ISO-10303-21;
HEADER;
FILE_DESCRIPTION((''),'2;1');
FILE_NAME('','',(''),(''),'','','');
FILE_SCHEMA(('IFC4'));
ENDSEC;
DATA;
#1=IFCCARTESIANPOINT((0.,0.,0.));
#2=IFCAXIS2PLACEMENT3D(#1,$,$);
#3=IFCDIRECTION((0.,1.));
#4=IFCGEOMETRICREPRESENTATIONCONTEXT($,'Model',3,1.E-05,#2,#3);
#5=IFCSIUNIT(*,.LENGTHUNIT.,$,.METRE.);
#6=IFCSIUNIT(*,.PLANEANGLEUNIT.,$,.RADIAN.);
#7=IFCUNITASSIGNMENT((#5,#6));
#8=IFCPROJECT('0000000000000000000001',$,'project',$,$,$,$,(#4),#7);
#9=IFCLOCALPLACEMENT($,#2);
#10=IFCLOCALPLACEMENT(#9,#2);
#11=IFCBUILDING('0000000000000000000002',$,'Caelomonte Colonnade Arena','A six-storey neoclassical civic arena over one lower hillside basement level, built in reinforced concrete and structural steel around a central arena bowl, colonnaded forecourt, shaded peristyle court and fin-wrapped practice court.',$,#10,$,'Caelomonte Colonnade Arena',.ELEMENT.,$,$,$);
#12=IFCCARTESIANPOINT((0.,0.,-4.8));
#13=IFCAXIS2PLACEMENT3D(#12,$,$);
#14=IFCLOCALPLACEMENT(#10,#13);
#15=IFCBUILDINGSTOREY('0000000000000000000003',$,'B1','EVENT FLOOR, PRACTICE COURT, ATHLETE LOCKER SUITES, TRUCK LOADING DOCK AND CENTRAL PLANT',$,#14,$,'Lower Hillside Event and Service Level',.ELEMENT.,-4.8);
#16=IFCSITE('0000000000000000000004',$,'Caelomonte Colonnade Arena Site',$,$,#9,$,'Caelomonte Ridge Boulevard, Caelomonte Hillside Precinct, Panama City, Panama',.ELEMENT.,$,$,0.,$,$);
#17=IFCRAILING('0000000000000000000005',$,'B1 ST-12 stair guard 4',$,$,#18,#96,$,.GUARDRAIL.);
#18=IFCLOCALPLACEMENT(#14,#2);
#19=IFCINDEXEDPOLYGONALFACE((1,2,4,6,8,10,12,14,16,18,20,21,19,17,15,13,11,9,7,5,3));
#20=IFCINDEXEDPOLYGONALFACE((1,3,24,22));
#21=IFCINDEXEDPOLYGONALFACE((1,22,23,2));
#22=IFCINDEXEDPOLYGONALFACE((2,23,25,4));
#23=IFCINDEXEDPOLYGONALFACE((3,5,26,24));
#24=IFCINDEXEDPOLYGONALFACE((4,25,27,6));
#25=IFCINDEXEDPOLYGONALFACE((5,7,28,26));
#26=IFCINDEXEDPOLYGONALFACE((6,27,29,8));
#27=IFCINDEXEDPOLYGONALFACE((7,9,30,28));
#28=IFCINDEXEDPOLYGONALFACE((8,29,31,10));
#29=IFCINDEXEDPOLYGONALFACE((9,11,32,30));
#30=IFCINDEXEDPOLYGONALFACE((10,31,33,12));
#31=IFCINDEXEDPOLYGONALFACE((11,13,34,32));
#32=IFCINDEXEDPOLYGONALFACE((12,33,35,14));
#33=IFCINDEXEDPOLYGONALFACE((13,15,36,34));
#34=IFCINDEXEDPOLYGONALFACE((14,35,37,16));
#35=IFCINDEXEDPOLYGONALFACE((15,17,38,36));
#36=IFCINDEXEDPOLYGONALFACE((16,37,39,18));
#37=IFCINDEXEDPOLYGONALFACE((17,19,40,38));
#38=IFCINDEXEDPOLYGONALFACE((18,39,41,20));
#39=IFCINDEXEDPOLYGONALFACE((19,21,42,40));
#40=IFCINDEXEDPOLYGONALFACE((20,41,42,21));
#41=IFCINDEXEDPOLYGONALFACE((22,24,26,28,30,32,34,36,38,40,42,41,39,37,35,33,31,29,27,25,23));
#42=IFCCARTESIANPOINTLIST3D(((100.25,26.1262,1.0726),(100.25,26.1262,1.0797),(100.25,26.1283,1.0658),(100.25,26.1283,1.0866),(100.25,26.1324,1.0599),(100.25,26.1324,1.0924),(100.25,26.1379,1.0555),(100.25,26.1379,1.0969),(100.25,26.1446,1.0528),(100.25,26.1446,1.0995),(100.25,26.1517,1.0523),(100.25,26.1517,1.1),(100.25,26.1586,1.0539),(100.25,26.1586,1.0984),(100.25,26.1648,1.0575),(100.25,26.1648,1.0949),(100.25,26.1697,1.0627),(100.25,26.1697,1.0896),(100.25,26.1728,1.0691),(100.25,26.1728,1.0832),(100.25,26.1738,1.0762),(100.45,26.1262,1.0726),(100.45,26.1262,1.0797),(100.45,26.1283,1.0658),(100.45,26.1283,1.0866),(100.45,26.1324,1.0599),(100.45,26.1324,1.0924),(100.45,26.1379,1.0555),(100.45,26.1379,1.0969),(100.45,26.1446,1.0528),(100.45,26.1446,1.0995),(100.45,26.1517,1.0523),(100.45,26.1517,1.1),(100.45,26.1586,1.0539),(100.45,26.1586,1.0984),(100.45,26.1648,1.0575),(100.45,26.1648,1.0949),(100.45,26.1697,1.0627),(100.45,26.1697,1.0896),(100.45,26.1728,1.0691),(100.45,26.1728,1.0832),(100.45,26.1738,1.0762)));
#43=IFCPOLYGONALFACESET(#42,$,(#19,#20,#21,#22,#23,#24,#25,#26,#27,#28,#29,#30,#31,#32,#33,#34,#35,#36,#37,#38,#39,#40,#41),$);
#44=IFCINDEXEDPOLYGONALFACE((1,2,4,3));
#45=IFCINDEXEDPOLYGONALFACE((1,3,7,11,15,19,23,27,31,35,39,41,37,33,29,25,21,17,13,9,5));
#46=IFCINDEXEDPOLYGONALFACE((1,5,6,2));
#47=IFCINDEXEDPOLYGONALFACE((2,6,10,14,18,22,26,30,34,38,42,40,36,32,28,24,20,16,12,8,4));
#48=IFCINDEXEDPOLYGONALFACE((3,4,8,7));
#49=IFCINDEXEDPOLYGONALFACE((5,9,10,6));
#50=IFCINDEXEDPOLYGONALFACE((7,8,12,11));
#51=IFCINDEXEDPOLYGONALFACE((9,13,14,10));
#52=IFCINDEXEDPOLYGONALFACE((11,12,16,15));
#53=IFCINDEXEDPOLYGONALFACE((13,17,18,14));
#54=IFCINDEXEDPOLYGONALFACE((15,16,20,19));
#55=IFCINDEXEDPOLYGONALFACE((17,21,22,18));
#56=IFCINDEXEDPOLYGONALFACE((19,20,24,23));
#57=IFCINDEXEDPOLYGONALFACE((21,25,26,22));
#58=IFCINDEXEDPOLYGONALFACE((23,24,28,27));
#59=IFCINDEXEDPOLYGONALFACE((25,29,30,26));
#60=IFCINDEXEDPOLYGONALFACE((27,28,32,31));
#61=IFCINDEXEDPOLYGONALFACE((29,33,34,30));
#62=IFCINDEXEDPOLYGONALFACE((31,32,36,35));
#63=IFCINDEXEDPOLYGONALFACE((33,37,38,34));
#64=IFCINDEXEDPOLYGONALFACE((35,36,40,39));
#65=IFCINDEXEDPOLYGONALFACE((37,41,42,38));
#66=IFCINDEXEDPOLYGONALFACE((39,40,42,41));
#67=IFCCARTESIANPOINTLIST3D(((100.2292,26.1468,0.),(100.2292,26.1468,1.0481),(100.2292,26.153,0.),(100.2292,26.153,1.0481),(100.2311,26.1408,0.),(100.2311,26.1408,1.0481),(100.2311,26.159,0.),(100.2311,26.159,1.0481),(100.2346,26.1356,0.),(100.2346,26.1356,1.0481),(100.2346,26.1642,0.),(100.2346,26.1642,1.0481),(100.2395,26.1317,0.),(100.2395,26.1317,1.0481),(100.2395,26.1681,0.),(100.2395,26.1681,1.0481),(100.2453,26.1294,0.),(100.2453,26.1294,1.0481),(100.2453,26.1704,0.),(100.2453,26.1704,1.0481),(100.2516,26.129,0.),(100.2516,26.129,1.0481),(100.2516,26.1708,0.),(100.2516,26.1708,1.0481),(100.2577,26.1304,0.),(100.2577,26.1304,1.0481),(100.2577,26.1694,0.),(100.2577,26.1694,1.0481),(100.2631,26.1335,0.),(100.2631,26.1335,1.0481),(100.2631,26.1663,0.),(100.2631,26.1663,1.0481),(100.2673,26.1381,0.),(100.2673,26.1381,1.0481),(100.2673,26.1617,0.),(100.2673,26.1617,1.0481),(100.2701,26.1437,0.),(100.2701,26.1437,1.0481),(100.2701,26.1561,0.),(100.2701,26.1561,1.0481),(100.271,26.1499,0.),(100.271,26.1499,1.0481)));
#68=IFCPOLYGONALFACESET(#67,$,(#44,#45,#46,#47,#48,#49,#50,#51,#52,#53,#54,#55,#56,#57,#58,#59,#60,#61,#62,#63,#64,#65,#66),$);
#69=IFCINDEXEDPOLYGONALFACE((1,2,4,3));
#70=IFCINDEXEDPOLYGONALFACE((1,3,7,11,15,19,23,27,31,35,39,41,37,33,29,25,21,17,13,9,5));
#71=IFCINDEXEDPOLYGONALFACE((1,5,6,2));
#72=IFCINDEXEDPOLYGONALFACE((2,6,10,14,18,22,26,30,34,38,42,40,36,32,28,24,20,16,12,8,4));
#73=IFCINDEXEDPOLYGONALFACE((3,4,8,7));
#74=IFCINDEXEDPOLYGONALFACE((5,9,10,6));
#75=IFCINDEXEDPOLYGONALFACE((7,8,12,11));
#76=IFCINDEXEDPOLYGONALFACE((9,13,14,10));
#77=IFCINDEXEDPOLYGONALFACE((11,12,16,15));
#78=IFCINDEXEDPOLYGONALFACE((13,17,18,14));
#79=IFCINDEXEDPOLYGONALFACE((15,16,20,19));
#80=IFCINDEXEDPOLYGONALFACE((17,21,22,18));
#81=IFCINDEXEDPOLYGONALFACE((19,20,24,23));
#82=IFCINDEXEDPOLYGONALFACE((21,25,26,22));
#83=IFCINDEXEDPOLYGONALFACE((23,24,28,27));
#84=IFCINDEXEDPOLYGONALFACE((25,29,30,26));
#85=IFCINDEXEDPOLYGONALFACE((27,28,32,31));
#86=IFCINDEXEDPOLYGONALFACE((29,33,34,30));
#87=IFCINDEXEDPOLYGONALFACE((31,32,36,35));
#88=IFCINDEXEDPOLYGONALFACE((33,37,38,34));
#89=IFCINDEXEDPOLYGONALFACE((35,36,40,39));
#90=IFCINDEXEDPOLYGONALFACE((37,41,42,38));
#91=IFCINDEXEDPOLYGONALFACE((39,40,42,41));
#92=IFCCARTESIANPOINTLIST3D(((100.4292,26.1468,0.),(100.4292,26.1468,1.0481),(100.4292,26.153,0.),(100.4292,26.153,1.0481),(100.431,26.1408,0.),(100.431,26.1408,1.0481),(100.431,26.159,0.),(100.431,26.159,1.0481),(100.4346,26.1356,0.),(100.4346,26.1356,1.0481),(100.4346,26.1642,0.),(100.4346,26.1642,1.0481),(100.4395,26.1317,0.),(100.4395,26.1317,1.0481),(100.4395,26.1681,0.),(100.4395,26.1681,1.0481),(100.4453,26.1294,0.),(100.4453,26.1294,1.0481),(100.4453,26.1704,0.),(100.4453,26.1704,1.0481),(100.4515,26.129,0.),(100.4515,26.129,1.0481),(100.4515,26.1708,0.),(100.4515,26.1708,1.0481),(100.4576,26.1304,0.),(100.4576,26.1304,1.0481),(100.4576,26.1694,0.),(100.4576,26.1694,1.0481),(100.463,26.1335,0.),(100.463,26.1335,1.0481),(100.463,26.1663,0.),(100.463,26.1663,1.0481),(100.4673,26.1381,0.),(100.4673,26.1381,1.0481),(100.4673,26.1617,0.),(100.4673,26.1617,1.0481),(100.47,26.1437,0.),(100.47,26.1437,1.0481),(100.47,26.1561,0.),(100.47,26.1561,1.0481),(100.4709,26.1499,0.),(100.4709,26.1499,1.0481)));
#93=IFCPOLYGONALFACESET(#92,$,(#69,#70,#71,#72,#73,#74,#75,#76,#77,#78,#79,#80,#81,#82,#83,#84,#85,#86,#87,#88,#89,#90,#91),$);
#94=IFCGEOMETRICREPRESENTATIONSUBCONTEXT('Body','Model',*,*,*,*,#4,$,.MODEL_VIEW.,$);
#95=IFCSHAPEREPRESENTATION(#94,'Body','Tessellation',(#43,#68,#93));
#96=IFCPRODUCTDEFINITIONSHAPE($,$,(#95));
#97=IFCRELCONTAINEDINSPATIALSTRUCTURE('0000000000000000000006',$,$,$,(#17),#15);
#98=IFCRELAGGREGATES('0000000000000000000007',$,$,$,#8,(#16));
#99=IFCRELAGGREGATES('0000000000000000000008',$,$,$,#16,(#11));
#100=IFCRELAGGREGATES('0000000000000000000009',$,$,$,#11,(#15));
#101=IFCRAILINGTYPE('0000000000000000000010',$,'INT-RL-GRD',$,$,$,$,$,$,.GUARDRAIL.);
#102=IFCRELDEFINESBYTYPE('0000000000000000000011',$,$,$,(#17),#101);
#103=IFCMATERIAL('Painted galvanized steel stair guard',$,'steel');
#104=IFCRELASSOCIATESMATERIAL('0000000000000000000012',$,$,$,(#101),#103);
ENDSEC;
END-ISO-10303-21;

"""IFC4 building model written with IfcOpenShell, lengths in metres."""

from ifc_helpers import new_model, si_unit, direction, frame, origin, origin_2d, place, context, subcontext, project, spatial, circle, extrude, material, type_object, element, save


model = new_model("IFC4")

# Units and contexts
model_context = context("Model", 3, precision=1e-05, world=origin(), true_north=direction((0.0, 1.0)))
body_context = subcontext(model_context, "Body", "Model", "MODEL_VIEW")
ifc_project = project(units=[si_unit("LENGTHUNIT", "METRE"), si_unit("PLANEANGLEUNIT", "RADIAN")], contexts=[model_context])

# Site, building, storey
site_placement = place(None, origin())
site = spatial("IfcSite", under=ifc_project, at=site_placement, Name="Caelomonte Colonnade Arena Site", LongName="Caelomonte Ridge Boulevard, Caelomonte Hillside Precinct, Panama City, Panama", CompositionType="ELEMENT", RefElevation=0.0)
building_placement = place(site_placement, origin())
building = spatial("IfcBuilding", under=site, at=building_placement, Name="Caelomonte Colonnade Arena", Description="A six-storey neoclassical civic arena over one lower hillside basement level, built in reinforced concrete and structural steel around a central arena bowl, colonnaded forecourt, shaded peristyle court and fin-wrapped practice court.", LongName="Caelomonte Colonnade Arena", CompositionType="ELEMENT")
storey_placement = place(building_placement, frame((0.0, 0.0, -4.8)))
storey = spatial("IfcBuildingStorey", under=building, at=storey_placement, Name="B1", Description="EVENT FLOOR, PRACTICE COURT, ATHLETE LOCKER SUITES, TRUCK LOADING DOCK AND CENTRAL PLANT", LongName="Lower Hillside Event and Service Level", CompositionType="ELEMENT", Elevation=-4.8)

# Railing
ifc_material_1 = material(Name="Painted galvanized steel stair guard", Category="steel")
railing_type_1 = type_object("IfcRailingType", Name="INT-RL-GRD", PredefinedType="GUARDRAIL", material=ifc_material_1)
railing_1_placement = place(storey_placement, frame((100.25, 26.1499, 0.0)))
element("IfcRailing", 1, at=railing_1_placement, inside=storey, type_object=railing_type_1, Name="B1 ST-12 stair guard 4", PredefinedType="GUARDRAIL", context=body_context, shape_type="SweptSolid", body=[
    extrude(circle(Radius=0.0239, at=origin_2d()), frame((0.0, 0.0, 1.0762), z_axis=(1.0, 0.0, 0.0), x_axis=(0.0, 1.0, 0.0)), (0.0, 0.0, 1.0), 0.2),
    extrude(circle(Radius=0.021, at=origin_2d()), origin(), (0.0, 0.0, 1.0), 1.0481),
    extrude(circle(Radius=0.021, at=origin_2d()), frame((0.2, 0.0, 0.0)), (0.0, 0.0, 1.0), 1.0481),
])

save(model, "model.ifc")
